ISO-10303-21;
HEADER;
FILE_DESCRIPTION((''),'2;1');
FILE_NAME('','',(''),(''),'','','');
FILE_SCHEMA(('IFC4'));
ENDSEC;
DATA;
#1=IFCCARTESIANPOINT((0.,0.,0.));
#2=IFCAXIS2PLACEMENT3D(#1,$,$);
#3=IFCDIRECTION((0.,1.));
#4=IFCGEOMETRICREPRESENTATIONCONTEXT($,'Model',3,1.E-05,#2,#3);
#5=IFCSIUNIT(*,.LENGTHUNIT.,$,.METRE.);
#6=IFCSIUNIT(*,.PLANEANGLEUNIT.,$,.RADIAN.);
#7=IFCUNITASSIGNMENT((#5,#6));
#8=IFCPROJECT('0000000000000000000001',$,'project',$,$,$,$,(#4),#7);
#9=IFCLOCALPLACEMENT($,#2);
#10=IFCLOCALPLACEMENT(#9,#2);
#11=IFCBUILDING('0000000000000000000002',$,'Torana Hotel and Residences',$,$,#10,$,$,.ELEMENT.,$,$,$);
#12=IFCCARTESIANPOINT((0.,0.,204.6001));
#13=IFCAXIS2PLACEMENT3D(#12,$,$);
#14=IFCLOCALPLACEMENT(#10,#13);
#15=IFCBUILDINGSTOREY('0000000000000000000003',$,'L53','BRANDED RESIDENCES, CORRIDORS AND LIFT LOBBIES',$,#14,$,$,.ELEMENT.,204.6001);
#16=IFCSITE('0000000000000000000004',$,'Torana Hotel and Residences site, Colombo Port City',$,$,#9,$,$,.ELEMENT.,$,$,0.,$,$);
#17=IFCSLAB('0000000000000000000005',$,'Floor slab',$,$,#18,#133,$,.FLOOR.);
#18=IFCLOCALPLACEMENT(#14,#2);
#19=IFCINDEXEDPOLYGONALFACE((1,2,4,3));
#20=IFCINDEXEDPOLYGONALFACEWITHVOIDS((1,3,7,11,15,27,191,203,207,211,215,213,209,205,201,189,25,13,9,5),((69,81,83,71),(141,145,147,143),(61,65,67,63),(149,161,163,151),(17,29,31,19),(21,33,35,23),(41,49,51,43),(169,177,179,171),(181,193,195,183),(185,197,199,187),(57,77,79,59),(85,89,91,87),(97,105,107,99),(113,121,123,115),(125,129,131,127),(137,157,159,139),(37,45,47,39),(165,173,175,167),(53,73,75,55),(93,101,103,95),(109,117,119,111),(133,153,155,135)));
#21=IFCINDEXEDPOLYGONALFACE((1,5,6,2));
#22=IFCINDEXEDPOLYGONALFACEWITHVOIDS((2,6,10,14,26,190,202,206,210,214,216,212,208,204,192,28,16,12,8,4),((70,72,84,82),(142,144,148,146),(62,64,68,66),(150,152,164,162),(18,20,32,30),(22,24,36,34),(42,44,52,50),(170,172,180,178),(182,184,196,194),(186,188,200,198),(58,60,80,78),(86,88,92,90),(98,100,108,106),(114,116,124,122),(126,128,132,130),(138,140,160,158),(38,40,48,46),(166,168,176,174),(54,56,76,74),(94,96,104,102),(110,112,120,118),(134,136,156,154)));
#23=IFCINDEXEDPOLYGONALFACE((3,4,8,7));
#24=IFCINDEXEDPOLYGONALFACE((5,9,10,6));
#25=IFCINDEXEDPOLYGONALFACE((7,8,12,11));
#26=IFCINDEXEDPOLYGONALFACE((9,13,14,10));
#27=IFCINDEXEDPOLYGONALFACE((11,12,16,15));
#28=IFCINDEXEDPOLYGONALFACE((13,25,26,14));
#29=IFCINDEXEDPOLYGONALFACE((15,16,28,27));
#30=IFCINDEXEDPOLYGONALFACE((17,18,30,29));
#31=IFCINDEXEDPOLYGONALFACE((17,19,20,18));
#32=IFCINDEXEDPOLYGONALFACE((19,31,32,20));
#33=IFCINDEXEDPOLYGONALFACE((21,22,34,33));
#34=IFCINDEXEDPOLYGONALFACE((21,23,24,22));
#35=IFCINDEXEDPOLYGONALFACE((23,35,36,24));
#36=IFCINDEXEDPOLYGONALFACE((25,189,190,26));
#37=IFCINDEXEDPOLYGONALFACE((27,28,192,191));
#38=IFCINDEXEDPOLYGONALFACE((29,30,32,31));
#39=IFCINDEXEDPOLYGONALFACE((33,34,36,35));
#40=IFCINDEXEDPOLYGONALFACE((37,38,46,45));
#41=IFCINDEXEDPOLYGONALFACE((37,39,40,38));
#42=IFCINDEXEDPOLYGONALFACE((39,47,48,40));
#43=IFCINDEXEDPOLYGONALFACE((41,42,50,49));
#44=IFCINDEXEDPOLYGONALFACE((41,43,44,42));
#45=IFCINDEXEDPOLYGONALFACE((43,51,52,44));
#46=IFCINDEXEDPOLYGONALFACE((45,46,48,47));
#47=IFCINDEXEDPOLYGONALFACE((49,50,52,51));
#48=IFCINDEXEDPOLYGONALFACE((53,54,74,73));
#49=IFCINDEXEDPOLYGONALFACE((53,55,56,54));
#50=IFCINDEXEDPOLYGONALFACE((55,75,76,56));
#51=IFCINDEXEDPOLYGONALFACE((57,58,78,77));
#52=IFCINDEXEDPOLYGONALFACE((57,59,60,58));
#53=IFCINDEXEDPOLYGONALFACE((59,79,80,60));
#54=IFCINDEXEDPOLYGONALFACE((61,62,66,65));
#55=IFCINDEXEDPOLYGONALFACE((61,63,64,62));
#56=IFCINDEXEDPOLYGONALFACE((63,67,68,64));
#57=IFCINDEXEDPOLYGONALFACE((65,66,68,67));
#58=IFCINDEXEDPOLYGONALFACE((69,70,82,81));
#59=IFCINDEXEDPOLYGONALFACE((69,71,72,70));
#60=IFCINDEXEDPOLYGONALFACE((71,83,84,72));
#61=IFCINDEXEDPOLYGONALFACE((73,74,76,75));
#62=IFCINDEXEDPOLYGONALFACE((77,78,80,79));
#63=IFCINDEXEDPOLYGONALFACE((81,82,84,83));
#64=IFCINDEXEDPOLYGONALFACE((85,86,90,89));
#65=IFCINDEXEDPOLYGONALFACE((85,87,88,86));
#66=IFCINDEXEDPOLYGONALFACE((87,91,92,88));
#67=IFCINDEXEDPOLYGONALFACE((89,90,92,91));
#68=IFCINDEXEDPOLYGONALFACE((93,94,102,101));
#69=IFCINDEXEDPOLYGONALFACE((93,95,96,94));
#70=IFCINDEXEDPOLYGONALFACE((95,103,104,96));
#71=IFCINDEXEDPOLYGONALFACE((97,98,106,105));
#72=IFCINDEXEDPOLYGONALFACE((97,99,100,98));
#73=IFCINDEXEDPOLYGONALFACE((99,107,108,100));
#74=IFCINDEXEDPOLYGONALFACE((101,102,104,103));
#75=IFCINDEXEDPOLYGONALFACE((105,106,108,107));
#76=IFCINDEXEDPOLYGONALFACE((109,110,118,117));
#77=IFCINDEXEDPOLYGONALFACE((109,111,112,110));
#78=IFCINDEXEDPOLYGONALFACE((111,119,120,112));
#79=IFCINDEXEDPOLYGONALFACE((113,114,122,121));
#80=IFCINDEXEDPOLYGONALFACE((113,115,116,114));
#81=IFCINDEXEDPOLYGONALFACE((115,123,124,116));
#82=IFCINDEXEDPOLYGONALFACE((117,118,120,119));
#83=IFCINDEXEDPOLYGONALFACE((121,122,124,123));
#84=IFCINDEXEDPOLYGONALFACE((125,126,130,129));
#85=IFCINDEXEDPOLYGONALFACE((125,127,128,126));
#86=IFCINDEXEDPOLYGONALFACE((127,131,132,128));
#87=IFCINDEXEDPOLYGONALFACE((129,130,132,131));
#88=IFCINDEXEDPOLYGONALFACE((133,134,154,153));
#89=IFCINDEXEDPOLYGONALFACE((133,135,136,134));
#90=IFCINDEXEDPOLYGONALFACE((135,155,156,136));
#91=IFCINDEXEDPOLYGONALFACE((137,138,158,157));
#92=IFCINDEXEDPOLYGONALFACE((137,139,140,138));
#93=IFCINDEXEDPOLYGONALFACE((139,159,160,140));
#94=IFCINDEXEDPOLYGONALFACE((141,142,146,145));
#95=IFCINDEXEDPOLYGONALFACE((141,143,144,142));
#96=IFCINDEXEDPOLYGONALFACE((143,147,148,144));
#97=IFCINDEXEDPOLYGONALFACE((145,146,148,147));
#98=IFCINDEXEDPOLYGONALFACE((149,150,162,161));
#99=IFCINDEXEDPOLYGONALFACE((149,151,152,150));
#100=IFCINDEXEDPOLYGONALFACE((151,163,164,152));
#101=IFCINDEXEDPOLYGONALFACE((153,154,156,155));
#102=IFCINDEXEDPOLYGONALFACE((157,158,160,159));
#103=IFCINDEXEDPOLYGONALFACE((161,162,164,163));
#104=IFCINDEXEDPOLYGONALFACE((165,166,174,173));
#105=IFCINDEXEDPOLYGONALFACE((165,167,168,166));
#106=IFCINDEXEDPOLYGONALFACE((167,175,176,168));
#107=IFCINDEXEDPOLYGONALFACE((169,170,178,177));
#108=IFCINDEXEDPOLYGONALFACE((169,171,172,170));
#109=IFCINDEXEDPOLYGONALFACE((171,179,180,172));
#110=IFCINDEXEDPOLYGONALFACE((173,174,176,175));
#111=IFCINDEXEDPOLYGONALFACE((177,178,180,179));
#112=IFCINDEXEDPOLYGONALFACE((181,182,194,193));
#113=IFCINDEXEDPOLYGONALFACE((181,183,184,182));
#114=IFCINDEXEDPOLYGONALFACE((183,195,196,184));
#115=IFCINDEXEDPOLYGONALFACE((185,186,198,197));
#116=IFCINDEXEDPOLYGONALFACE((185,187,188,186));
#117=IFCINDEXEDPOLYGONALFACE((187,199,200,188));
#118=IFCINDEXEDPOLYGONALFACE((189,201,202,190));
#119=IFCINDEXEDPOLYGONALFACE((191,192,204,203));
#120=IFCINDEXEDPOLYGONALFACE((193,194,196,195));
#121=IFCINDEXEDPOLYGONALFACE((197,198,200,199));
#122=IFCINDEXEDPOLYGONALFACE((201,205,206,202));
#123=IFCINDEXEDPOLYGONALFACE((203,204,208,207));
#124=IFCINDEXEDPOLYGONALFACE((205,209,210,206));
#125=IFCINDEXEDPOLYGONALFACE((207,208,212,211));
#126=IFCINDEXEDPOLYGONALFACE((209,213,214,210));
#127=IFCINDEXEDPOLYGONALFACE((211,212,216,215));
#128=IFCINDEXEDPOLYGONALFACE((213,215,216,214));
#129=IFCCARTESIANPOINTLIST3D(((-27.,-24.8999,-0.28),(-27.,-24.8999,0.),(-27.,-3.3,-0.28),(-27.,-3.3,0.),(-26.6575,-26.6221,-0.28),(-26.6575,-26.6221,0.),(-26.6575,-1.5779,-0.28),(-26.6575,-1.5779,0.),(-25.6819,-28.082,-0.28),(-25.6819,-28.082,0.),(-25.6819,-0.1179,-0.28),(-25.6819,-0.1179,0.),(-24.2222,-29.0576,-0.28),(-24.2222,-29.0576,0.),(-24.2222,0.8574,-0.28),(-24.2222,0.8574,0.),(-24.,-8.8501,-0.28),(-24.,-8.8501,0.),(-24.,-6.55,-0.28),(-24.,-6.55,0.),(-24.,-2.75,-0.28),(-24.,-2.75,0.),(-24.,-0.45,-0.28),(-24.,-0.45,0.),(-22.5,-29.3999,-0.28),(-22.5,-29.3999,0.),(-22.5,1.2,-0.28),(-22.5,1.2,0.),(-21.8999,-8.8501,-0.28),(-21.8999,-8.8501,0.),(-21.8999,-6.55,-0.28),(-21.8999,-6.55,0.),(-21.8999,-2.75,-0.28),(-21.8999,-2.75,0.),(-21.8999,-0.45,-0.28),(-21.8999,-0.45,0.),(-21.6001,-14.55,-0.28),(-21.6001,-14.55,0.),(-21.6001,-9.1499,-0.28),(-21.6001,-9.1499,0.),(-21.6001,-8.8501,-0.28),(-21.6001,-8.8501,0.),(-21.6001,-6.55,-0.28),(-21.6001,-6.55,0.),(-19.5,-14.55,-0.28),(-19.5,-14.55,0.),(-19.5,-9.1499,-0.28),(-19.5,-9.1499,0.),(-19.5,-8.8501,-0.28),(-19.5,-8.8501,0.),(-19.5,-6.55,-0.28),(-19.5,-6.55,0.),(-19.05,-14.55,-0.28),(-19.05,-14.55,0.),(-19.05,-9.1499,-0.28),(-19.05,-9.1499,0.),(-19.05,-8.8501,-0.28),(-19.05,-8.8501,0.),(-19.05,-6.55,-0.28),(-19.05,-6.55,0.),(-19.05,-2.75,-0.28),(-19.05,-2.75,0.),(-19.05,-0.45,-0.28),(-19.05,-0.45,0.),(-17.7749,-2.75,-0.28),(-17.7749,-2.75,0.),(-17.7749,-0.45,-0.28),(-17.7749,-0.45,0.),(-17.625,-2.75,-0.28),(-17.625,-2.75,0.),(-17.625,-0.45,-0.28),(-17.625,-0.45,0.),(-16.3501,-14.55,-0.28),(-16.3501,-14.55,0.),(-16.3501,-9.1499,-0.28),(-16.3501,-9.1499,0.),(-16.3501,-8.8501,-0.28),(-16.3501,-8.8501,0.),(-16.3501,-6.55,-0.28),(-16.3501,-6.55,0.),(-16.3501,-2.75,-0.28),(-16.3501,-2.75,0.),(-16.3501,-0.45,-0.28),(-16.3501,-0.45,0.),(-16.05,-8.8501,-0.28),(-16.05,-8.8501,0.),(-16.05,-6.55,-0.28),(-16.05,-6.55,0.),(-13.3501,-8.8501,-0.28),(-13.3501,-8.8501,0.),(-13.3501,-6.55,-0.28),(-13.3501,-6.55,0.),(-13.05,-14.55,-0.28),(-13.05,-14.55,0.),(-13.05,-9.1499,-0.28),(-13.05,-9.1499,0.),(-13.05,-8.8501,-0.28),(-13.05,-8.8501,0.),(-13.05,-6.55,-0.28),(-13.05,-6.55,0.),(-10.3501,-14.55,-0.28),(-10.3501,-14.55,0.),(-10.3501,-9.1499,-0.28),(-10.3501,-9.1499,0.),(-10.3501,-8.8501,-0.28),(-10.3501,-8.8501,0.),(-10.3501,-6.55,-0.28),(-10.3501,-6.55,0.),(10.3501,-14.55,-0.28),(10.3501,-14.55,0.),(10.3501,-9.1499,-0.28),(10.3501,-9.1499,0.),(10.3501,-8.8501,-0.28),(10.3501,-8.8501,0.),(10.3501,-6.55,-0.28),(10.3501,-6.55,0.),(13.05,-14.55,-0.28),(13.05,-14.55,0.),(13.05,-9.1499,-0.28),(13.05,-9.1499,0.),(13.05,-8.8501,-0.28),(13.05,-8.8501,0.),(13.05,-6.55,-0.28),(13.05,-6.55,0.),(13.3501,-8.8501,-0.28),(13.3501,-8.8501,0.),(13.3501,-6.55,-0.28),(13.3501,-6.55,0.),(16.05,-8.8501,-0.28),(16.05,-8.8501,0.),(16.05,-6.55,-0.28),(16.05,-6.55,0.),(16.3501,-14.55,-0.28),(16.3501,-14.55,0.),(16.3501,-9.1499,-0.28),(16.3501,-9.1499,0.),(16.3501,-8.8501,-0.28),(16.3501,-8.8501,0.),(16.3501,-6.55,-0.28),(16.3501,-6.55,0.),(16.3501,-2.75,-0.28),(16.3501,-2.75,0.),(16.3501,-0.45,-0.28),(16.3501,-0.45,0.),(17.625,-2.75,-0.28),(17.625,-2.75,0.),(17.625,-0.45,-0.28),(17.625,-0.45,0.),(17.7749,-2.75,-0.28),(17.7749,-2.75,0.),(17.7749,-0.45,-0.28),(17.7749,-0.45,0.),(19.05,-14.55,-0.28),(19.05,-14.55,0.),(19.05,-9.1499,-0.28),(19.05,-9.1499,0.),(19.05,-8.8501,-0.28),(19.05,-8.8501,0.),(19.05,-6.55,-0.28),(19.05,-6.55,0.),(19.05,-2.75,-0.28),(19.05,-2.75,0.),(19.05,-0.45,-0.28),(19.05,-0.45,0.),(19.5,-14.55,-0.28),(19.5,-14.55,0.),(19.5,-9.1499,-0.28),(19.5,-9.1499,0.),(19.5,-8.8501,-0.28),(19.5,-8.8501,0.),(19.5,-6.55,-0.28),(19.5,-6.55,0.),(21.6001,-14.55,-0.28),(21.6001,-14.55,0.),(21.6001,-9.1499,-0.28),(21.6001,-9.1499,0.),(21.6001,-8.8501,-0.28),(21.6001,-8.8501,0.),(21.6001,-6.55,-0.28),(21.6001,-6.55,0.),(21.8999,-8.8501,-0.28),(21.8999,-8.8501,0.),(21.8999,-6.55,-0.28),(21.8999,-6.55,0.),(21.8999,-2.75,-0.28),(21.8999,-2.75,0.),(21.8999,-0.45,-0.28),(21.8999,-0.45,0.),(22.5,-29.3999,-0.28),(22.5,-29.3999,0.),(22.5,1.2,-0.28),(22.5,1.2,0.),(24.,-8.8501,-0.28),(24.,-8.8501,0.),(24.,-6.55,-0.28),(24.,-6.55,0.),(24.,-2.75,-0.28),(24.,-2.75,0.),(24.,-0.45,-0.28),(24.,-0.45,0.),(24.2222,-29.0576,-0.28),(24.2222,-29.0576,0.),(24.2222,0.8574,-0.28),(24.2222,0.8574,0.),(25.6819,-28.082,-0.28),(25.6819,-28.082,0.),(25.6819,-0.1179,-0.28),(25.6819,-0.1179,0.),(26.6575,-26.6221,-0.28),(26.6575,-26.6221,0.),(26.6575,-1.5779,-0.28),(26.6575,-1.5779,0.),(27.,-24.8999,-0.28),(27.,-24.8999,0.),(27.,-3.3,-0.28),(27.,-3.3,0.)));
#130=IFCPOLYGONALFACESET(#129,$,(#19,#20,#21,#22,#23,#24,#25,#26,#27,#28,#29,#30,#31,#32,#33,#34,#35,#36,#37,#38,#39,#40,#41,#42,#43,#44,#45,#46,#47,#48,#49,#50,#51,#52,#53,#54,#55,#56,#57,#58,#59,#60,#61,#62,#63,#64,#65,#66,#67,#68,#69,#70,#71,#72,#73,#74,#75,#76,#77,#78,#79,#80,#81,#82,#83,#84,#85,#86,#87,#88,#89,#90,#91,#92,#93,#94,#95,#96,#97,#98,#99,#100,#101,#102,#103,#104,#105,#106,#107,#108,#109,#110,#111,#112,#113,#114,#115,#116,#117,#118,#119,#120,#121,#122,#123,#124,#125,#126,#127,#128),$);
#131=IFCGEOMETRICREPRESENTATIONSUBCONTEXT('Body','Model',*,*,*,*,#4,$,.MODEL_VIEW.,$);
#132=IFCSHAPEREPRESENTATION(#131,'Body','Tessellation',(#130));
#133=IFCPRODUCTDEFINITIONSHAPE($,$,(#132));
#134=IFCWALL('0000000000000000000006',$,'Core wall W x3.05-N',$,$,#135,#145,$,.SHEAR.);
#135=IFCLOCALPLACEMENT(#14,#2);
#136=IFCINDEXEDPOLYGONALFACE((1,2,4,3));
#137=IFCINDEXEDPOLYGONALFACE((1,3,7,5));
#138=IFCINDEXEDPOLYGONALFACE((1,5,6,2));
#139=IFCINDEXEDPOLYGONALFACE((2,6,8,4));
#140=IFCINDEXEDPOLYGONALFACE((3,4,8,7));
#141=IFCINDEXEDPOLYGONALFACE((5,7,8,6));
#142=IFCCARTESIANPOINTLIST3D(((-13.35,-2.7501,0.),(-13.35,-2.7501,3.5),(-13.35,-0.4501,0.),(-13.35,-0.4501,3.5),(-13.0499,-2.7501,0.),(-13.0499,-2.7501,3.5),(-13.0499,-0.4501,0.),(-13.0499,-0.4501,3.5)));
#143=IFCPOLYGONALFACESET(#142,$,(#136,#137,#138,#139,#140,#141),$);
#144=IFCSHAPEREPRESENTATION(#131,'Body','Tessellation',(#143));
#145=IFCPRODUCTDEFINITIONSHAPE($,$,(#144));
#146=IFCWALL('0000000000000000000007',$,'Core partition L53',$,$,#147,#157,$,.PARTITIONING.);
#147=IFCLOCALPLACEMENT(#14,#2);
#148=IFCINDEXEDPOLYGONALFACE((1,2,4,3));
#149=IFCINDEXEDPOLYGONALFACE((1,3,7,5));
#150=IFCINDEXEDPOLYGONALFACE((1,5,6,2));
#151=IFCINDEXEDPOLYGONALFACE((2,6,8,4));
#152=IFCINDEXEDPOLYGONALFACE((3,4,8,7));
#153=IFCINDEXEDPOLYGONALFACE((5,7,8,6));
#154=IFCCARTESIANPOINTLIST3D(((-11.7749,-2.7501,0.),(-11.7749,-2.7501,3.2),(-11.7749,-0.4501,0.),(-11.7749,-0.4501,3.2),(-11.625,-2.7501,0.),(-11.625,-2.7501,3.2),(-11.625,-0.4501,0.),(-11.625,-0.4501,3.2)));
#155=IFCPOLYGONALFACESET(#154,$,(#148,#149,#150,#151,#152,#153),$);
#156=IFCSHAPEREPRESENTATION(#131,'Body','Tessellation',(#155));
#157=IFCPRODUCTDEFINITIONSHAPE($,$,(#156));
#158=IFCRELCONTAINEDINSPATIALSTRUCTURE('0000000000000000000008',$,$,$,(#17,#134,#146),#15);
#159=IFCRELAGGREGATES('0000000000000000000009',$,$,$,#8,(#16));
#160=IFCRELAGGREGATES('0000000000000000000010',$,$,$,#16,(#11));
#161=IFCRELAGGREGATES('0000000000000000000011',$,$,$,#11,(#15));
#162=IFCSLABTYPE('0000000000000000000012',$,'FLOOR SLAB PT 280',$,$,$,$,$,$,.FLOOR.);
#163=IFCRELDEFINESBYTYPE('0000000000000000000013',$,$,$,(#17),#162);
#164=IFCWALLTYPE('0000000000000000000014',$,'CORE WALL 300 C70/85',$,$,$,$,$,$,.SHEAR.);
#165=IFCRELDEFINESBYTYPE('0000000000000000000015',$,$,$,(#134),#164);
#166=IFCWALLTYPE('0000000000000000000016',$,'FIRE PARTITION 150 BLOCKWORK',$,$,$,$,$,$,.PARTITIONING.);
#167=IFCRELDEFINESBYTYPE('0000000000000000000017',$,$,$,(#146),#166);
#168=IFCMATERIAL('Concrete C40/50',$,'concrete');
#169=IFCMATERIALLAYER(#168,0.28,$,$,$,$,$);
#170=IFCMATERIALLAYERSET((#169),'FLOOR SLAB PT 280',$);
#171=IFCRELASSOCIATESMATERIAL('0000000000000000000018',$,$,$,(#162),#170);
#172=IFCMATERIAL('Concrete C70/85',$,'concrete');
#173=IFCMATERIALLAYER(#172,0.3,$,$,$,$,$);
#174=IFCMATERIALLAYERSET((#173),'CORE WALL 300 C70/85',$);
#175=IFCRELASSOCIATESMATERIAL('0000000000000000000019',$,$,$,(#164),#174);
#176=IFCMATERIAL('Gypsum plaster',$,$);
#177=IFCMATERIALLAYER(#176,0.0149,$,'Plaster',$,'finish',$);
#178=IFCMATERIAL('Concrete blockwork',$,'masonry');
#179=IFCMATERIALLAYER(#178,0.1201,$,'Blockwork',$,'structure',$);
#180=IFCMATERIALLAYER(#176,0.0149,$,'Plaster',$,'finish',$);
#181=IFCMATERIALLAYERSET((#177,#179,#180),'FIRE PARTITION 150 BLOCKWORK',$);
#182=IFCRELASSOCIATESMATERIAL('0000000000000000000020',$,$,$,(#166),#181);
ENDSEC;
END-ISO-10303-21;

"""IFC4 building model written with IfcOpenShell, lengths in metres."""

from ifc_helpers import new_model, si_unit, direction, frame, frame_2d, origin, place, context, subcontext, project, spatial, polyline, rectangle, outline, extrude, material, layer, layer_set, type_object, element, save


model = new_model("IFC4")

# Units and contexts
model_context = context("Model", 3, precision=1e-05, world=origin(), true_north=direction((0.0, 1.0)))
body_context = subcontext(model_context, "Body", "Model", "MODEL_VIEW")
ifc_project = project(units=[si_unit("LENGTHUNIT", "METRE"), si_unit("PLANEANGLEUNIT", "RADIAN")], contexts=[model_context])

# Site, building, storey
site_placement = place(None, origin())
site = spatial("IfcSite", under=ifc_project, at=site_placement, Name="Torana Hotel and Residences site, Colombo Port City", CompositionType="ELEMENT", RefElevation=0.0)
building_placement = place(site_placement, origin())
building = spatial("IfcBuilding", under=site, at=building_placement, Name="Torana Hotel and Residences", CompositionType="ELEMENT")
storey_placement = place(building_placement, frame((0.0, 0.0, 204.6001)))
storey = spatial("IfcBuildingStorey", under=building, at=storey_placement, Name="L53", Description="BRANDED RESIDENCES, CORRIDORS AND LIFT LOBBIES", CompositionType="ELEMENT", Elevation=204.6001)

# Slab
ifc_material_1 = material(Name="Concrete C40/50", Category="concrete")
ifc_layer_1 = layer(ifc_material_1, 0.28)
ifc_layer_set_1 = layer_set([ifc_layer_1], Name="FLOOR SLAB PT 280")
slab_type_1 = type_object("IfcSlabType", Name="FLOOR SLAB PT 280", PredefinedType="FLOOR", material=ifc_layer_set_1)
slab_1_placement = place(storey_placement, frame((0.0, 0.0, -0.28)))
element("IfcSlab", 1, at=slab_1_placement, inside=storey, type_object=slab_type_1, Name="Floor slab", PredefinedType="FLOOR", context=body_context, shape_type="SweptSolid", body=[
    extrude(outline(polyline([(27.0, -3.3), (26.6575, -1.5779), (25.6819, -0.1179), (24.2222, 0.8574), (22.5, 1.2), (-22.5, 1.2), (-24.2222, 0.8574), (-25.6819, -0.1179), (-26.6575, -1.5779), (-27.0, -3.3), (-27.0, -24.8999), (-26.6575, -26.6221), (-25.6819, -28.082), (-24.2222, -29.0576), (-22.5, -29.3999), (22.5, -29.3999), (24.2222, -29.0576), (25.6819, -28.082), (26.6575, -26.6221), (27.0, -24.8999), (27.0, -3.3)]), holes=[polyline([(-13.05, -14.55), (-10.3501, -14.55), (-10.3501, -9.1499), (-13.05, -9.1499), (-13.05, -14.55)]), polyline([(-19.05, -14.55), (-16.3501, -14.55), (-16.3501, -9.1499), (-19.05, -9.1499), (-19.05, -14.55)]), polyline([(-17.625, -2.75), (-16.3501, -2.75), (-16.3501, -0.45), (-17.625, -0.45), (-17.625, -2.75)]), polyline([(-19.05, -2.75), (-17.7749, -2.75), (-17.7749, -0.45), (-19.05, -0.45), (-19.05, -2.75)]), polyline([(-21.6001, -8.8501), (-19.5, -8.8501), (-19.5, -6.55), (-21.6001, -6.55), (-21.6001, -8.8501)]), polyline([(-24.0, -2.75), (-21.8999, -2.75), (-21.8999, -0.45), (-24.0, -0.45), (-24.0, -2.75)]), polyline([(-24.0, -8.8501), (-21.8999, -8.8501), (-21.8999, -6.55), (-24.0, -6.55), (-24.0, -8.8501)]), polyline([(-13.05, -8.8501), (-10.3501, -8.8501), (-10.3501, -6.55), (-13.05, -6.55), (-13.05, -8.8501)]), polyline([(-16.05, -8.8501), (-13.3501, -8.8501), (-13.3501, -6.55), (-16.05, -6.55), (-16.05, -8.8501)]), polyline([(-19.05, -8.8501), (-16.3501, -8.8501), (-16.3501, -6.55), (-19.05, -6.55), (-19.05, -8.8501)]), polyline([(-21.6001, -14.55), (-19.5, -14.55), (-19.5, -9.1499), (-21.6001, -9.1499), (-21.6001, -14.55)]), polyline([(10.3501, -14.55), (13.05, -14.55), (13.05, -9.1499), (10.3501, -9.1499), (10.3501, -14.55)]), polyline([(16.3501, -14.55), (19.05, -14.55), (19.05, -9.1499), (16.3501, -9.1499), (16.3501, -14.55)]), polyline([(16.3501, -2.75), (17.625, -2.75), (17.625, -0.45), (16.3501, -0.45), (16.3501, -2.75)]), polyline([(17.7749, -2.75), (19.05, -2.75), (19.05, -0.45), (17.7749, -0.45), (17.7749, -2.75)]), polyline([(19.5, -8.8501), (21.6001, -8.8501), (21.6001, -6.55), (19.5, -6.55), (19.5, -8.8501)]), polyline([(21.8999, -2.75), (24.0, -2.75), (24.0, -0.45), (21.8999, -0.45), (21.8999, -2.75)]), polyline([(21.8999, -8.8501), (24.0, -8.8501), (24.0, -6.55), (21.8999, -6.55), (21.8999, -8.8501)]), polyline([(10.3501, -8.8501), (13.05, -8.8501), (13.05, -6.55), (10.3501, -6.55), (10.3501, -8.8501)]), polyline([(13.3501, -8.8501), (16.05, -8.8501), (16.05, -6.55), (13.3501, -6.55), (13.3501, -8.8501)]), polyline([(16.3501, -8.8501), (19.05, -8.8501), (19.05, -6.55), (16.3501, -6.55), (16.3501, -8.8501)]), polyline([(19.5, -14.55), (21.6001, -14.55), (21.6001, -9.1499), (19.5, -9.1499), (19.5, -14.55)])]), origin(), (0.0, 0.0, 1.0), 0.28),
])

# Walls
ifc_material_2 = material(Name="Concrete C70/85", Category="concrete")
ifc_layer_2 = layer(ifc_material_2, 0.3)
ifc_layer_set_2 = layer_set([ifc_layer_2], Name="CORE WALL 300 C70/85")
wall_type_1 = type_object("IfcWallType", Name="CORE WALL 300 C70/85", PredefinedType="SHEAR", material=ifc_layer_set_2)
wall_1_placement = place(storey_placement, frame((-13.2, -2.75, 0.0), z_axis=(0.0, 0.0, 1.0), x_axis=(0.0, 1.0, 0.0)))
element("IfcWall", 2, at=wall_1_placement, inside=storey, type_object=wall_type_1, Name="Core wall W x3.05-N", PredefinedType="SHEAR", context=body_context, shape_type="SweptSolid", body=[
    extrude(rectangle(XDim=2.3, YDim=0.3, at=frame_2d((1.1499, 0.0))), origin(), (0.0, 0.0, 1.0), 3.5),
])
ifc_material_3 = material(Name="Gypsum plaster")
ifc_layer_3 = layer(ifc_material_3, 0.0149, Name="Plaster", Category="finish")
ifc_material_4 = material(Name="Concrete blockwork", Category="masonry")
ifc_layer_4 = layer(ifc_material_4, 0.1201, Name="Blockwork", Category="structure")
ifc_layer_5 = layer(ifc_material_3, 0.0149, Name="Plaster", Category="finish")
ifc_layer_set_3 = layer_set([ifc_layer_3, ifc_layer_4, ifc_layer_5], Name="FIRE PARTITION 150 BLOCKWORK")
wall_type_2 = type_object("IfcWallType", Name="FIRE PARTITION 150 BLOCKWORK", PredefinedType="PARTITIONING", material=ifc_layer_set_3)
wall_2_placement = place(storey_placement, frame((-11.7, -2.75, 0.0), z_axis=(0.0, 0.0, 1.0), x_axis=(0.0, 1.0, 0.0)))
element("IfcWall", 3, at=wall_2_placement, inside=storey, type_object=wall_type_2, Name="Core partition L53", PredefinedType="PARTITIONING", context=body_context, shape_type="SweptSolid", body=[
    extrude(rectangle(XDim=2.3, YDim=0.1499, at=frame_2d((1.1499, 0.0))), origin(), (0.0, 0.0, 1.0), 3.2),
])

save(model, "model.ifc")
